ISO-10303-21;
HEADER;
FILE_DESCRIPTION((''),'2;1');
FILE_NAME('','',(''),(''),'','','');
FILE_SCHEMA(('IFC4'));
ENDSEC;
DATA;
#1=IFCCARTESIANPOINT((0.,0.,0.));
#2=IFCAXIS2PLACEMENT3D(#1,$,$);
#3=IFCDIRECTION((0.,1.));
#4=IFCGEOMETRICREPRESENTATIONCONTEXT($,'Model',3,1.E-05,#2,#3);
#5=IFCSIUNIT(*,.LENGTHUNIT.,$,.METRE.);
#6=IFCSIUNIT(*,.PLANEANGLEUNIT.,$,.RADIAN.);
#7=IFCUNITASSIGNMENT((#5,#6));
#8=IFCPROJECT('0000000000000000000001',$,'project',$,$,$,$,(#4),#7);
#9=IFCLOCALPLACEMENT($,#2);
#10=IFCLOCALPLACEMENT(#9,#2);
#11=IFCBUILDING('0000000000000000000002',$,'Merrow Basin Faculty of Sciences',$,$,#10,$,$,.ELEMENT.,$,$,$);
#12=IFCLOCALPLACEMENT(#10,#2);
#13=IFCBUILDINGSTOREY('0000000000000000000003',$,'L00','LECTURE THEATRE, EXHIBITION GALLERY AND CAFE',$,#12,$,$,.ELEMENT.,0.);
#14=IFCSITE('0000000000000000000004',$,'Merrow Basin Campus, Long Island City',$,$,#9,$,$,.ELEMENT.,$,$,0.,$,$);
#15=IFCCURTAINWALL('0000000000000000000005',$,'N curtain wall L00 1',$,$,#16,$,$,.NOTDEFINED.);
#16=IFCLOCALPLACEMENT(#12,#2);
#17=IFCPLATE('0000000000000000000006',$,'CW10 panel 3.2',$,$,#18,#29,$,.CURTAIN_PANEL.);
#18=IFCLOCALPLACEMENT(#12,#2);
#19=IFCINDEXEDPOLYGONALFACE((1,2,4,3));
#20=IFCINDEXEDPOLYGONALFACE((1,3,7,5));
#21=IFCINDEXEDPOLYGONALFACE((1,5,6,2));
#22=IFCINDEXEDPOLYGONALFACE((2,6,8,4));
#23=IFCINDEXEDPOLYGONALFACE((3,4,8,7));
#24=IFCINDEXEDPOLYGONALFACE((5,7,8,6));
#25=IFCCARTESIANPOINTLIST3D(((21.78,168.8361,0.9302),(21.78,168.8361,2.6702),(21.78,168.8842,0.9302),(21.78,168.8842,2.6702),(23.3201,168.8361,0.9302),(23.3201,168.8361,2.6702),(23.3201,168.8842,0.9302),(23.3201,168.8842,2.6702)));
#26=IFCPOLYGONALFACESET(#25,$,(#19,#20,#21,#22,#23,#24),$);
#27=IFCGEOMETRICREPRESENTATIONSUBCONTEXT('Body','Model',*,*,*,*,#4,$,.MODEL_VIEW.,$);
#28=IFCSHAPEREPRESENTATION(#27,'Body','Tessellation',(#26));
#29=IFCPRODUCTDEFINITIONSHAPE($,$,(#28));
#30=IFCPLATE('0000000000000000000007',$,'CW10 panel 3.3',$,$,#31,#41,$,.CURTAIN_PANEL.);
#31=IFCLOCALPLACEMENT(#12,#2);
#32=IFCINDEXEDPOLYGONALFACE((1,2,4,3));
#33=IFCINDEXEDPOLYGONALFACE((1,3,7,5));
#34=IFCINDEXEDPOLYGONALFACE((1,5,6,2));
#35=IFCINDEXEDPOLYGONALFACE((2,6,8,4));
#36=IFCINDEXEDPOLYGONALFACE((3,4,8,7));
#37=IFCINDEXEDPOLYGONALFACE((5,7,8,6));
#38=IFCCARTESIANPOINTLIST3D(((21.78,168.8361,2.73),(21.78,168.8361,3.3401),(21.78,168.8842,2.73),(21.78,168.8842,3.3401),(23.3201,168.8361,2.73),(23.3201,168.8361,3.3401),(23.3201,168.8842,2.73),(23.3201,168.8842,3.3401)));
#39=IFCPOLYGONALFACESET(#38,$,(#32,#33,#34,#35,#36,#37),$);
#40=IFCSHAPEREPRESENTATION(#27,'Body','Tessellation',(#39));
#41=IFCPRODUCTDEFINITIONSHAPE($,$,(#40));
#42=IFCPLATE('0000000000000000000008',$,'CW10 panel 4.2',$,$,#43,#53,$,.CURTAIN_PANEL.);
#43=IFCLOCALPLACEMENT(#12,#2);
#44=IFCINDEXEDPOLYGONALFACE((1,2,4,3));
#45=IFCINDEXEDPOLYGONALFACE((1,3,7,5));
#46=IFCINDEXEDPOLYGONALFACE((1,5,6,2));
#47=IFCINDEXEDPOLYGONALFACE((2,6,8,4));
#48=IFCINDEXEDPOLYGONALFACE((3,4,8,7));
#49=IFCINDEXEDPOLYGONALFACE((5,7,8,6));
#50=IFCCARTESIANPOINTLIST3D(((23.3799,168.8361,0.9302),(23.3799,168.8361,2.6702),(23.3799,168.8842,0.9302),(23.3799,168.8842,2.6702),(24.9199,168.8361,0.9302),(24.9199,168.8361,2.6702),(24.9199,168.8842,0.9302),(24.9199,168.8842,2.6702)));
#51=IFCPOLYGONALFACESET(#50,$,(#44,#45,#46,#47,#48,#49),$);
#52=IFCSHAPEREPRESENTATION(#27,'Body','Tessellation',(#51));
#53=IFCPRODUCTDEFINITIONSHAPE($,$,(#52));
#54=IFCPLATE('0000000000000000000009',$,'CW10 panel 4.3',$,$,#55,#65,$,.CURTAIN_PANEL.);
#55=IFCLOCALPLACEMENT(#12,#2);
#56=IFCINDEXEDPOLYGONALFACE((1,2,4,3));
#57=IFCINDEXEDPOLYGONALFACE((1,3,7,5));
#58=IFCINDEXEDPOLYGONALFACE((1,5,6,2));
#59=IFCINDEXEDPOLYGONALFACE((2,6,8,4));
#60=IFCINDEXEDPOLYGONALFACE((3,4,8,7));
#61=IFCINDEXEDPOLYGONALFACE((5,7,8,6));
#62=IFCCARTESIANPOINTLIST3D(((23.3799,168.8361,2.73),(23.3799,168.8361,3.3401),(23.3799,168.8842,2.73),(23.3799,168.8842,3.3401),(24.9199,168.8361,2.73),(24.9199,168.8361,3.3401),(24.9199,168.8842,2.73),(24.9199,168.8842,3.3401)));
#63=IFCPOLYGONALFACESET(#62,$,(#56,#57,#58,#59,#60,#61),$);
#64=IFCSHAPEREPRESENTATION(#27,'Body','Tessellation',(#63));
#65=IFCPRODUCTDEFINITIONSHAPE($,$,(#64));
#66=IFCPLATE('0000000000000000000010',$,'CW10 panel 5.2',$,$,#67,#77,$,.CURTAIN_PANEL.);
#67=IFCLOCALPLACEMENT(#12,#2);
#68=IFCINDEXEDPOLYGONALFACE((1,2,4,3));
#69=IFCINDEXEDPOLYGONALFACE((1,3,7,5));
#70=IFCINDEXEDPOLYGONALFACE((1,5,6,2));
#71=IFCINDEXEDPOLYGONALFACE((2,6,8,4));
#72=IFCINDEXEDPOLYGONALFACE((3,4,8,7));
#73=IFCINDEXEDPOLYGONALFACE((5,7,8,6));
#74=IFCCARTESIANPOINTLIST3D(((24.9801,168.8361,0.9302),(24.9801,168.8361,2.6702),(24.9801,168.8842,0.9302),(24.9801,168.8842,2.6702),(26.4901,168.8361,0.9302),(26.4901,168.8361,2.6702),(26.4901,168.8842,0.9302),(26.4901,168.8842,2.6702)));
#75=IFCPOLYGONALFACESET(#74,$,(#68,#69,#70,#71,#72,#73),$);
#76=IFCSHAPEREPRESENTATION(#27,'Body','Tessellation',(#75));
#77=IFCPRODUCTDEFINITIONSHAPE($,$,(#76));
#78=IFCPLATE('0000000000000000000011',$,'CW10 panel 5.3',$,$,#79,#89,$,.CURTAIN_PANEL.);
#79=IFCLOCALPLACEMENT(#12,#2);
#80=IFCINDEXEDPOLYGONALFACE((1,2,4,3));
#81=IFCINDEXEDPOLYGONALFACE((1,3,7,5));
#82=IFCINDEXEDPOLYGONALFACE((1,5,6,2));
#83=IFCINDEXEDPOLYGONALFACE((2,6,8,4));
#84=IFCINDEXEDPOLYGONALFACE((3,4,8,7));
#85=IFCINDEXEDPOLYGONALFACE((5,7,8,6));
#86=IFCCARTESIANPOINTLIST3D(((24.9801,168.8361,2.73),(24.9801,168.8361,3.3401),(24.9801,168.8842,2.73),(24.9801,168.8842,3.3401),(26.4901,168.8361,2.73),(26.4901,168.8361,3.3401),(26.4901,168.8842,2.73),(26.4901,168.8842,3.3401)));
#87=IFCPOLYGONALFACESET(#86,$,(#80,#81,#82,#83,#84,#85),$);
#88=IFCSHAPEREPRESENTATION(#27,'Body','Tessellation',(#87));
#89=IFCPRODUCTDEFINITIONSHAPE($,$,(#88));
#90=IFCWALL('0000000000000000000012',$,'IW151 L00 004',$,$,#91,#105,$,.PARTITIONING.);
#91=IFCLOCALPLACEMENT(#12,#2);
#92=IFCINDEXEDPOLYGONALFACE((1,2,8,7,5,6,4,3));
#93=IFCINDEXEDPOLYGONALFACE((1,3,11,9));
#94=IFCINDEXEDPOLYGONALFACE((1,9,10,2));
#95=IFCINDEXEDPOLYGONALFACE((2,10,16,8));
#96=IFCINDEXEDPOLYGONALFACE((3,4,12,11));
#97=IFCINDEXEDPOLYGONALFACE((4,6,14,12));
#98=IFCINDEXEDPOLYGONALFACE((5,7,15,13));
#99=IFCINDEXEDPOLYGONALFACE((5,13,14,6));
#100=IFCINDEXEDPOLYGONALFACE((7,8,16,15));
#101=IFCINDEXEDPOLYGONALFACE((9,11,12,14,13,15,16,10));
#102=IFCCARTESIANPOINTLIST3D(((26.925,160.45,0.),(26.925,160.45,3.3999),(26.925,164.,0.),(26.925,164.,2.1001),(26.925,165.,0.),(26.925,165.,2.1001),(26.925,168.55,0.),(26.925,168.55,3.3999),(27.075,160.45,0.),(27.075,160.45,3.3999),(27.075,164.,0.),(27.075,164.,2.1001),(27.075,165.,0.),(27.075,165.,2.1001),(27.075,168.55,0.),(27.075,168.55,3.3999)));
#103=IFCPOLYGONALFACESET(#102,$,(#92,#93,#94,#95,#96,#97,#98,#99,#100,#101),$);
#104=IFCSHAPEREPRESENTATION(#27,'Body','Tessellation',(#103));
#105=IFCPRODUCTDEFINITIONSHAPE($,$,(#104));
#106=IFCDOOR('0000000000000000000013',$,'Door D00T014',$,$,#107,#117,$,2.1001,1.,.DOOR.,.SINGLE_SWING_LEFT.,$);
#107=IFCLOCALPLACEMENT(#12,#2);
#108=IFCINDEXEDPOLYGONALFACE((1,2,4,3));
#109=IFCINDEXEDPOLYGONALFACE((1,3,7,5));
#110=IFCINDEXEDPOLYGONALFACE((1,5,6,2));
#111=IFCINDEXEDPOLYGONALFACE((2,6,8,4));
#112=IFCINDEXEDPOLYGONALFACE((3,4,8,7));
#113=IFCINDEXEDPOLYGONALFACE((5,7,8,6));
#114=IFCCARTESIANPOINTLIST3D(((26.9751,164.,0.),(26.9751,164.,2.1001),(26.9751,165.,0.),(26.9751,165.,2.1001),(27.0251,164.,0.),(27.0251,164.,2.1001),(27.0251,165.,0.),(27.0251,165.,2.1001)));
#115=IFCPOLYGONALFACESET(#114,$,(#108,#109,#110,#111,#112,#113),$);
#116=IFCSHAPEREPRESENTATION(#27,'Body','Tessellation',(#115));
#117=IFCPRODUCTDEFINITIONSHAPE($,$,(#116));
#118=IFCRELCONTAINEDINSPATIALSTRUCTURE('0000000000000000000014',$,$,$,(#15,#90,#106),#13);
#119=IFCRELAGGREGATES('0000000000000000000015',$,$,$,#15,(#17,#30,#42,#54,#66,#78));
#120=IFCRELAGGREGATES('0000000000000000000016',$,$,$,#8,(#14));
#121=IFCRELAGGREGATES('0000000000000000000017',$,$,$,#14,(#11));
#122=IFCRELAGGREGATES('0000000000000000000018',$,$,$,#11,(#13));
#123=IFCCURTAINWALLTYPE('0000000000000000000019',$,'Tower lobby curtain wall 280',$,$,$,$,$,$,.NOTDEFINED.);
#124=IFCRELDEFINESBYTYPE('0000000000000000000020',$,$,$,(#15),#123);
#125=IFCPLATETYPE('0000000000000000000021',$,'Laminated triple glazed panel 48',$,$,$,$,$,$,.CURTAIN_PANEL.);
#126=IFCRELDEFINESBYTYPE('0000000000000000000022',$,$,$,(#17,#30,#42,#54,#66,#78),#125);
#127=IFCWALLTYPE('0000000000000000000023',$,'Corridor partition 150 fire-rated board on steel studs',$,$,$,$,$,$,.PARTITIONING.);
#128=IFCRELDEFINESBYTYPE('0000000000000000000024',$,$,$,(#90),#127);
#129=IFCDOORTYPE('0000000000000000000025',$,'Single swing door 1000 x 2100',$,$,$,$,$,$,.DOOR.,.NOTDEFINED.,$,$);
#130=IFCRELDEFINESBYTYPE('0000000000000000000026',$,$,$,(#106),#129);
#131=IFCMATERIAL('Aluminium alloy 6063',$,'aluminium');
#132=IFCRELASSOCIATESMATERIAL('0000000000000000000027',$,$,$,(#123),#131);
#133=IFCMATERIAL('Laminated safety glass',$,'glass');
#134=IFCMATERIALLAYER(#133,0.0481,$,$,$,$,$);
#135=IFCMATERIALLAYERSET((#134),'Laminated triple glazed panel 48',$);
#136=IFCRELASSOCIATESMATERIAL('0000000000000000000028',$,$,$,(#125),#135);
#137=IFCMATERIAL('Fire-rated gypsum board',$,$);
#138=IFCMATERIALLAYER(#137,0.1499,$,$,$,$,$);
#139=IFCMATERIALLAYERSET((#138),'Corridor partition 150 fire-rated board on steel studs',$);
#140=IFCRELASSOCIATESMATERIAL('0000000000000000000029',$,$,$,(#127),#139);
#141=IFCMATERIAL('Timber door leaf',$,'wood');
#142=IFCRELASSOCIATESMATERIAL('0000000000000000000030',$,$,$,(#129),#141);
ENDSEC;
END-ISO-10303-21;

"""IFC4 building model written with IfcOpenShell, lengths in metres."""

from ifc_helpers import new_model, si_unit, direction, frame, frame_2d, origin, origin_2d, place, context, subcontext, project, spatial, rectangle, extrude, material, layer, layer_set, type_object, element, fill, aggregate, save


model = new_model("IFC4")

# Units and contexts
model_context = context("Model", 3, precision=1e-05, world=origin(), true_north=direction((0.0, 1.0)))
body_context = subcontext(model_context, "Body", "Model", "MODEL_VIEW")
ifc_project = project(units=[si_unit("LENGTHUNIT", "METRE"), si_unit("PLANEANGLEUNIT", "RADIAN")], contexts=[model_context])

# Site, building, storey
site_placement = place(None, origin())
site = spatial("IfcSite", under=ifc_project, at=site_placement, Name="Merrow Basin Campus, Long Island City", CompositionType="ELEMENT", RefElevation=0.0)
building_placement = place(site_placement, origin())
building = spatial("IfcBuilding", under=site, at=building_placement, Name="Merrow Basin Faculty of Sciences", CompositionType="ELEMENT")
storey_placement = place(building_placement, origin())
storey = spatial("IfcBuildingStorey", under=building, at=storey_placement, Name="L00", Description="LECTURE THEATRE, EXHIBITION GALLERY AND CAFE", CompositionType="ELEMENT", Elevation=0.0)

# Curtain wall
ifc_material_1 = material(Name="Aluminium alloy 6063", Category="aluminium")
curtain_wall_type = type_object("IfcCurtainWallType", Name="Tower lobby curtain wall 280", PredefinedType="NOTDEFINED", material=ifc_material_1)
curtain_wall_1_placement = place(storey_placement, origin())
curtain_wall_1 = element("IfcCurtainWall", 1, at=curtain_wall_1_placement, inside=storey, type_object=curtain_wall_type, Name="N curtain wall L00 1", PredefinedType="NOTDEFINED")

# Plates
ifc_material_2 = material(Name="Laminated safety glass", Category="glass")
ifc_layer_1 = layer(ifc_material_2, 0.0481)
ifc_layer_set_1 = layer_set([ifc_layer_1], Name="Laminated triple glazed panel 48")
plate_type_1 = type_object("IfcPlateType", Name="Laminated triple glazed panel 48", PredefinedType="CURTAIN_PANEL", material=ifc_layer_set_1)
plate_1_placement = place(storey_placement, frame((22.55, 168.8601, 0.9302), z_axis=(0.0, 0.0, 1.0), x_axis=(1.0, 0.0, 0.0)))
plate_1 = element("IfcPlate", 2, at=plate_1_placement, type_object=plate_type_1, Name="CW10 panel 3.2", PredefinedType="CURTAIN_PANEL", context=body_context, shape_type="SweptSolid", body=[
    extrude(rectangle(XDim=1.54, YDim=0.0481, at=origin_2d()), origin(), (0.0, 0.0, 1.0), 1.74),
])
plate_2_placement = place(storey_placement, frame((22.55, 168.8601, 2.73), z_axis=(0.0, 0.0, 1.0), x_axis=(1.0, 0.0, 0.0)))
plate_2 = element("IfcPlate", 3, at=plate_2_placement, type_object=plate_type_1, Name="CW10 panel 3.3", PredefinedType="CURTAIN_PANEL", context=body_context, shape_type="SweptSolid", body=[
    extrude(rectangle(XDim=1.54, YDim=0.0481, at=origin_2d()), origin(), (0.0, 0.0, 1.0), 0.6101),
])
plate_3_placement = place(storey_placement, frame((24.1499, 168.8601, 0.9302), z_axis=(0.0, 0.0, 1.0), x_axis=(1.0, 0.0, 0.0)))
plate_3 = element("IfcPlate", 4, at=plate_3_placement, type_object=plate_type_1, Name="CW10 panel 4.2", PredefinedType="CURTAIN_PANEL", context=body_context, shape_type="SweptSolid", body=[
    extrude(rectangle(XDim=1.54, YDim=0.0481, at=origin_2d()), origin(), (0.0, 0.0, 1.0), 1.74),
])
plate_4_placement = place(storey_placement, frame((24.1499, 168.8601, 2.73), z_axis=(0.0, 0.0, 1.0), x_axis=(1.0, 0.0, 0.0)))
plate_4 = element("IfcPlate", 5, at=plate_4_placement, type_object=plate_type_1, Name="CW10 panel 4.3", PredefinedType="CURTAIN_PANEL", context=body_context, shape_type="SweptSolid", body=[
    extrude(rectangle(XDim=1.54, YDim=0.0481, at=origin_2d()), origin(), (0.0, 0.0, 1.0), 0.6101),
])
plate_5_placement = place(storey_placement, frame((25.7351, 168.8601, 0.9302), z_axis=(0.0, 0.0, 1.0), x_axis=(1.0, 0.0, 0.0)))
plate_5 = element("IfcPlate", 6, at=plate_5_placement, type_object=plate_type_1, Name="CW10 panel 5.2", PredefinedType="CURTAIN_PANEL", context=body_context, shape_type="SweptSolid", body=[
    extrude(rectangle(XDim=1.51, YDim=0.0481, at=origin_2d()), origin(), (0.0, 0.0, 1.0), 1.74),
])
plate_6_placement = place(storey_placement, frame((25.7351, 168.8601, 2.73), z_axis=(0.0, 0.0, 1.0), x_axis=(1.0, 0.0, 0.0)))
plate_6 = element("IfcPlate", 7, at=plate_6_placement, type_object=plate_type_1, Name="CW10 panel 5.3", PredefinedType="CURTAIN_PANEL", context=body_context, shape_type="SweptSolid", body=[
    extrude(rectangle(XDim=1.51, YDim=0.0481, at=origin_2d()), origin(), (0.0, 0.0, 1.0), 0.6101),
])
aggregate(curtain_wall_1, [plate_1, plate_2, plate_3, plate_4, plate_5, plate_6])

# Wall, opening, door
ifc_material_3 = material(Name="Fire-rated gypsum board")
ifc_layer_2 = layer(ifc_material_3, 0.1499)
ifc_layer_set_2 = layer_set([ifc_layer_2], Name="Corridor partition 150 fire-rated board on steel studs")
wall_type = type_object("IfcWallType", Name="Corridor partition 150 fire-rated board on steel studs", PredefinedType="PARTITIONING", material=ifc_layer_set_2)
wall_placement = place(storey_placement, frame((27.0, 160.45, 0.0), z_axis=(0.0, 0.0, 1.0), x_axis=(0.0, 1.0, 0.0)))
wall = element("IfcWall", 8, at=wall_placement, inside=storey, type_object=wall_type, Name="IW151 L00 004", PredefinedType="PARTITIONING", context=body_context, shape_type="SweptSolid", body=[
    extrude(rectangle(XDim=8.1001, YDim=0.1499, at=frame_2d((4.05, 0.0))), origin(), (0.0, 0.0, 1.0), 3.3999),
])
opening_placement = place(wall_placement, frame((3.55, 0.0, 0.0)))
opening = element("IfcOpeningElement", 9, at=opening_placement, cuts=wall, PredefinedType="OPENING", context=body_context, shape_type="SweptSolid", body=[
    extrude(rectangle(XDim=1.0, YDim=2.1001, at=frame_2d((0.5, 1.05))), frame((0.0, 0.085, 0.0), z_axis=(0.0, -1.0, 0.0), x_axis=(1.0, 0.0, 0.0)), (0.0, 0.0, 1.0), 0.1699),
])
ifc_material_4 = material(Name="Timber door leaf", Category="wood")
door_type = type_object("IfcDoorType", Name="Single swing door 1000 x 2100", OperationType="NOTDEFINED", PredefinedType="DOOR", material=ifc_material_4)
door_placement = place(opening_placement, origin())
door = element("IfcDoor", 10, at=door_placement, inside=storey, type_object=door_type, Name="Door D00T014", OperationType="SINGLE_SWING_LEFT", OverallHeight=2.1001, OverallWidth=1.0, PredefinedType="DOOR", context=body_context, shape_type="SweptSolid", body=[
    extrude(rectangle(XDim=1.0, YDim=2.1001, at=frame_2d((0.5, 1.05))), frame((0.0, 0.0249, 0.0), z_axis=(0.0, -1.0, 0.0), x_axis=(1.0, 0.0, 0.0)), (0.0, 0.0, 1.0), 0.05),
])
fill(opening, door)

save(model, "model.ifc")
